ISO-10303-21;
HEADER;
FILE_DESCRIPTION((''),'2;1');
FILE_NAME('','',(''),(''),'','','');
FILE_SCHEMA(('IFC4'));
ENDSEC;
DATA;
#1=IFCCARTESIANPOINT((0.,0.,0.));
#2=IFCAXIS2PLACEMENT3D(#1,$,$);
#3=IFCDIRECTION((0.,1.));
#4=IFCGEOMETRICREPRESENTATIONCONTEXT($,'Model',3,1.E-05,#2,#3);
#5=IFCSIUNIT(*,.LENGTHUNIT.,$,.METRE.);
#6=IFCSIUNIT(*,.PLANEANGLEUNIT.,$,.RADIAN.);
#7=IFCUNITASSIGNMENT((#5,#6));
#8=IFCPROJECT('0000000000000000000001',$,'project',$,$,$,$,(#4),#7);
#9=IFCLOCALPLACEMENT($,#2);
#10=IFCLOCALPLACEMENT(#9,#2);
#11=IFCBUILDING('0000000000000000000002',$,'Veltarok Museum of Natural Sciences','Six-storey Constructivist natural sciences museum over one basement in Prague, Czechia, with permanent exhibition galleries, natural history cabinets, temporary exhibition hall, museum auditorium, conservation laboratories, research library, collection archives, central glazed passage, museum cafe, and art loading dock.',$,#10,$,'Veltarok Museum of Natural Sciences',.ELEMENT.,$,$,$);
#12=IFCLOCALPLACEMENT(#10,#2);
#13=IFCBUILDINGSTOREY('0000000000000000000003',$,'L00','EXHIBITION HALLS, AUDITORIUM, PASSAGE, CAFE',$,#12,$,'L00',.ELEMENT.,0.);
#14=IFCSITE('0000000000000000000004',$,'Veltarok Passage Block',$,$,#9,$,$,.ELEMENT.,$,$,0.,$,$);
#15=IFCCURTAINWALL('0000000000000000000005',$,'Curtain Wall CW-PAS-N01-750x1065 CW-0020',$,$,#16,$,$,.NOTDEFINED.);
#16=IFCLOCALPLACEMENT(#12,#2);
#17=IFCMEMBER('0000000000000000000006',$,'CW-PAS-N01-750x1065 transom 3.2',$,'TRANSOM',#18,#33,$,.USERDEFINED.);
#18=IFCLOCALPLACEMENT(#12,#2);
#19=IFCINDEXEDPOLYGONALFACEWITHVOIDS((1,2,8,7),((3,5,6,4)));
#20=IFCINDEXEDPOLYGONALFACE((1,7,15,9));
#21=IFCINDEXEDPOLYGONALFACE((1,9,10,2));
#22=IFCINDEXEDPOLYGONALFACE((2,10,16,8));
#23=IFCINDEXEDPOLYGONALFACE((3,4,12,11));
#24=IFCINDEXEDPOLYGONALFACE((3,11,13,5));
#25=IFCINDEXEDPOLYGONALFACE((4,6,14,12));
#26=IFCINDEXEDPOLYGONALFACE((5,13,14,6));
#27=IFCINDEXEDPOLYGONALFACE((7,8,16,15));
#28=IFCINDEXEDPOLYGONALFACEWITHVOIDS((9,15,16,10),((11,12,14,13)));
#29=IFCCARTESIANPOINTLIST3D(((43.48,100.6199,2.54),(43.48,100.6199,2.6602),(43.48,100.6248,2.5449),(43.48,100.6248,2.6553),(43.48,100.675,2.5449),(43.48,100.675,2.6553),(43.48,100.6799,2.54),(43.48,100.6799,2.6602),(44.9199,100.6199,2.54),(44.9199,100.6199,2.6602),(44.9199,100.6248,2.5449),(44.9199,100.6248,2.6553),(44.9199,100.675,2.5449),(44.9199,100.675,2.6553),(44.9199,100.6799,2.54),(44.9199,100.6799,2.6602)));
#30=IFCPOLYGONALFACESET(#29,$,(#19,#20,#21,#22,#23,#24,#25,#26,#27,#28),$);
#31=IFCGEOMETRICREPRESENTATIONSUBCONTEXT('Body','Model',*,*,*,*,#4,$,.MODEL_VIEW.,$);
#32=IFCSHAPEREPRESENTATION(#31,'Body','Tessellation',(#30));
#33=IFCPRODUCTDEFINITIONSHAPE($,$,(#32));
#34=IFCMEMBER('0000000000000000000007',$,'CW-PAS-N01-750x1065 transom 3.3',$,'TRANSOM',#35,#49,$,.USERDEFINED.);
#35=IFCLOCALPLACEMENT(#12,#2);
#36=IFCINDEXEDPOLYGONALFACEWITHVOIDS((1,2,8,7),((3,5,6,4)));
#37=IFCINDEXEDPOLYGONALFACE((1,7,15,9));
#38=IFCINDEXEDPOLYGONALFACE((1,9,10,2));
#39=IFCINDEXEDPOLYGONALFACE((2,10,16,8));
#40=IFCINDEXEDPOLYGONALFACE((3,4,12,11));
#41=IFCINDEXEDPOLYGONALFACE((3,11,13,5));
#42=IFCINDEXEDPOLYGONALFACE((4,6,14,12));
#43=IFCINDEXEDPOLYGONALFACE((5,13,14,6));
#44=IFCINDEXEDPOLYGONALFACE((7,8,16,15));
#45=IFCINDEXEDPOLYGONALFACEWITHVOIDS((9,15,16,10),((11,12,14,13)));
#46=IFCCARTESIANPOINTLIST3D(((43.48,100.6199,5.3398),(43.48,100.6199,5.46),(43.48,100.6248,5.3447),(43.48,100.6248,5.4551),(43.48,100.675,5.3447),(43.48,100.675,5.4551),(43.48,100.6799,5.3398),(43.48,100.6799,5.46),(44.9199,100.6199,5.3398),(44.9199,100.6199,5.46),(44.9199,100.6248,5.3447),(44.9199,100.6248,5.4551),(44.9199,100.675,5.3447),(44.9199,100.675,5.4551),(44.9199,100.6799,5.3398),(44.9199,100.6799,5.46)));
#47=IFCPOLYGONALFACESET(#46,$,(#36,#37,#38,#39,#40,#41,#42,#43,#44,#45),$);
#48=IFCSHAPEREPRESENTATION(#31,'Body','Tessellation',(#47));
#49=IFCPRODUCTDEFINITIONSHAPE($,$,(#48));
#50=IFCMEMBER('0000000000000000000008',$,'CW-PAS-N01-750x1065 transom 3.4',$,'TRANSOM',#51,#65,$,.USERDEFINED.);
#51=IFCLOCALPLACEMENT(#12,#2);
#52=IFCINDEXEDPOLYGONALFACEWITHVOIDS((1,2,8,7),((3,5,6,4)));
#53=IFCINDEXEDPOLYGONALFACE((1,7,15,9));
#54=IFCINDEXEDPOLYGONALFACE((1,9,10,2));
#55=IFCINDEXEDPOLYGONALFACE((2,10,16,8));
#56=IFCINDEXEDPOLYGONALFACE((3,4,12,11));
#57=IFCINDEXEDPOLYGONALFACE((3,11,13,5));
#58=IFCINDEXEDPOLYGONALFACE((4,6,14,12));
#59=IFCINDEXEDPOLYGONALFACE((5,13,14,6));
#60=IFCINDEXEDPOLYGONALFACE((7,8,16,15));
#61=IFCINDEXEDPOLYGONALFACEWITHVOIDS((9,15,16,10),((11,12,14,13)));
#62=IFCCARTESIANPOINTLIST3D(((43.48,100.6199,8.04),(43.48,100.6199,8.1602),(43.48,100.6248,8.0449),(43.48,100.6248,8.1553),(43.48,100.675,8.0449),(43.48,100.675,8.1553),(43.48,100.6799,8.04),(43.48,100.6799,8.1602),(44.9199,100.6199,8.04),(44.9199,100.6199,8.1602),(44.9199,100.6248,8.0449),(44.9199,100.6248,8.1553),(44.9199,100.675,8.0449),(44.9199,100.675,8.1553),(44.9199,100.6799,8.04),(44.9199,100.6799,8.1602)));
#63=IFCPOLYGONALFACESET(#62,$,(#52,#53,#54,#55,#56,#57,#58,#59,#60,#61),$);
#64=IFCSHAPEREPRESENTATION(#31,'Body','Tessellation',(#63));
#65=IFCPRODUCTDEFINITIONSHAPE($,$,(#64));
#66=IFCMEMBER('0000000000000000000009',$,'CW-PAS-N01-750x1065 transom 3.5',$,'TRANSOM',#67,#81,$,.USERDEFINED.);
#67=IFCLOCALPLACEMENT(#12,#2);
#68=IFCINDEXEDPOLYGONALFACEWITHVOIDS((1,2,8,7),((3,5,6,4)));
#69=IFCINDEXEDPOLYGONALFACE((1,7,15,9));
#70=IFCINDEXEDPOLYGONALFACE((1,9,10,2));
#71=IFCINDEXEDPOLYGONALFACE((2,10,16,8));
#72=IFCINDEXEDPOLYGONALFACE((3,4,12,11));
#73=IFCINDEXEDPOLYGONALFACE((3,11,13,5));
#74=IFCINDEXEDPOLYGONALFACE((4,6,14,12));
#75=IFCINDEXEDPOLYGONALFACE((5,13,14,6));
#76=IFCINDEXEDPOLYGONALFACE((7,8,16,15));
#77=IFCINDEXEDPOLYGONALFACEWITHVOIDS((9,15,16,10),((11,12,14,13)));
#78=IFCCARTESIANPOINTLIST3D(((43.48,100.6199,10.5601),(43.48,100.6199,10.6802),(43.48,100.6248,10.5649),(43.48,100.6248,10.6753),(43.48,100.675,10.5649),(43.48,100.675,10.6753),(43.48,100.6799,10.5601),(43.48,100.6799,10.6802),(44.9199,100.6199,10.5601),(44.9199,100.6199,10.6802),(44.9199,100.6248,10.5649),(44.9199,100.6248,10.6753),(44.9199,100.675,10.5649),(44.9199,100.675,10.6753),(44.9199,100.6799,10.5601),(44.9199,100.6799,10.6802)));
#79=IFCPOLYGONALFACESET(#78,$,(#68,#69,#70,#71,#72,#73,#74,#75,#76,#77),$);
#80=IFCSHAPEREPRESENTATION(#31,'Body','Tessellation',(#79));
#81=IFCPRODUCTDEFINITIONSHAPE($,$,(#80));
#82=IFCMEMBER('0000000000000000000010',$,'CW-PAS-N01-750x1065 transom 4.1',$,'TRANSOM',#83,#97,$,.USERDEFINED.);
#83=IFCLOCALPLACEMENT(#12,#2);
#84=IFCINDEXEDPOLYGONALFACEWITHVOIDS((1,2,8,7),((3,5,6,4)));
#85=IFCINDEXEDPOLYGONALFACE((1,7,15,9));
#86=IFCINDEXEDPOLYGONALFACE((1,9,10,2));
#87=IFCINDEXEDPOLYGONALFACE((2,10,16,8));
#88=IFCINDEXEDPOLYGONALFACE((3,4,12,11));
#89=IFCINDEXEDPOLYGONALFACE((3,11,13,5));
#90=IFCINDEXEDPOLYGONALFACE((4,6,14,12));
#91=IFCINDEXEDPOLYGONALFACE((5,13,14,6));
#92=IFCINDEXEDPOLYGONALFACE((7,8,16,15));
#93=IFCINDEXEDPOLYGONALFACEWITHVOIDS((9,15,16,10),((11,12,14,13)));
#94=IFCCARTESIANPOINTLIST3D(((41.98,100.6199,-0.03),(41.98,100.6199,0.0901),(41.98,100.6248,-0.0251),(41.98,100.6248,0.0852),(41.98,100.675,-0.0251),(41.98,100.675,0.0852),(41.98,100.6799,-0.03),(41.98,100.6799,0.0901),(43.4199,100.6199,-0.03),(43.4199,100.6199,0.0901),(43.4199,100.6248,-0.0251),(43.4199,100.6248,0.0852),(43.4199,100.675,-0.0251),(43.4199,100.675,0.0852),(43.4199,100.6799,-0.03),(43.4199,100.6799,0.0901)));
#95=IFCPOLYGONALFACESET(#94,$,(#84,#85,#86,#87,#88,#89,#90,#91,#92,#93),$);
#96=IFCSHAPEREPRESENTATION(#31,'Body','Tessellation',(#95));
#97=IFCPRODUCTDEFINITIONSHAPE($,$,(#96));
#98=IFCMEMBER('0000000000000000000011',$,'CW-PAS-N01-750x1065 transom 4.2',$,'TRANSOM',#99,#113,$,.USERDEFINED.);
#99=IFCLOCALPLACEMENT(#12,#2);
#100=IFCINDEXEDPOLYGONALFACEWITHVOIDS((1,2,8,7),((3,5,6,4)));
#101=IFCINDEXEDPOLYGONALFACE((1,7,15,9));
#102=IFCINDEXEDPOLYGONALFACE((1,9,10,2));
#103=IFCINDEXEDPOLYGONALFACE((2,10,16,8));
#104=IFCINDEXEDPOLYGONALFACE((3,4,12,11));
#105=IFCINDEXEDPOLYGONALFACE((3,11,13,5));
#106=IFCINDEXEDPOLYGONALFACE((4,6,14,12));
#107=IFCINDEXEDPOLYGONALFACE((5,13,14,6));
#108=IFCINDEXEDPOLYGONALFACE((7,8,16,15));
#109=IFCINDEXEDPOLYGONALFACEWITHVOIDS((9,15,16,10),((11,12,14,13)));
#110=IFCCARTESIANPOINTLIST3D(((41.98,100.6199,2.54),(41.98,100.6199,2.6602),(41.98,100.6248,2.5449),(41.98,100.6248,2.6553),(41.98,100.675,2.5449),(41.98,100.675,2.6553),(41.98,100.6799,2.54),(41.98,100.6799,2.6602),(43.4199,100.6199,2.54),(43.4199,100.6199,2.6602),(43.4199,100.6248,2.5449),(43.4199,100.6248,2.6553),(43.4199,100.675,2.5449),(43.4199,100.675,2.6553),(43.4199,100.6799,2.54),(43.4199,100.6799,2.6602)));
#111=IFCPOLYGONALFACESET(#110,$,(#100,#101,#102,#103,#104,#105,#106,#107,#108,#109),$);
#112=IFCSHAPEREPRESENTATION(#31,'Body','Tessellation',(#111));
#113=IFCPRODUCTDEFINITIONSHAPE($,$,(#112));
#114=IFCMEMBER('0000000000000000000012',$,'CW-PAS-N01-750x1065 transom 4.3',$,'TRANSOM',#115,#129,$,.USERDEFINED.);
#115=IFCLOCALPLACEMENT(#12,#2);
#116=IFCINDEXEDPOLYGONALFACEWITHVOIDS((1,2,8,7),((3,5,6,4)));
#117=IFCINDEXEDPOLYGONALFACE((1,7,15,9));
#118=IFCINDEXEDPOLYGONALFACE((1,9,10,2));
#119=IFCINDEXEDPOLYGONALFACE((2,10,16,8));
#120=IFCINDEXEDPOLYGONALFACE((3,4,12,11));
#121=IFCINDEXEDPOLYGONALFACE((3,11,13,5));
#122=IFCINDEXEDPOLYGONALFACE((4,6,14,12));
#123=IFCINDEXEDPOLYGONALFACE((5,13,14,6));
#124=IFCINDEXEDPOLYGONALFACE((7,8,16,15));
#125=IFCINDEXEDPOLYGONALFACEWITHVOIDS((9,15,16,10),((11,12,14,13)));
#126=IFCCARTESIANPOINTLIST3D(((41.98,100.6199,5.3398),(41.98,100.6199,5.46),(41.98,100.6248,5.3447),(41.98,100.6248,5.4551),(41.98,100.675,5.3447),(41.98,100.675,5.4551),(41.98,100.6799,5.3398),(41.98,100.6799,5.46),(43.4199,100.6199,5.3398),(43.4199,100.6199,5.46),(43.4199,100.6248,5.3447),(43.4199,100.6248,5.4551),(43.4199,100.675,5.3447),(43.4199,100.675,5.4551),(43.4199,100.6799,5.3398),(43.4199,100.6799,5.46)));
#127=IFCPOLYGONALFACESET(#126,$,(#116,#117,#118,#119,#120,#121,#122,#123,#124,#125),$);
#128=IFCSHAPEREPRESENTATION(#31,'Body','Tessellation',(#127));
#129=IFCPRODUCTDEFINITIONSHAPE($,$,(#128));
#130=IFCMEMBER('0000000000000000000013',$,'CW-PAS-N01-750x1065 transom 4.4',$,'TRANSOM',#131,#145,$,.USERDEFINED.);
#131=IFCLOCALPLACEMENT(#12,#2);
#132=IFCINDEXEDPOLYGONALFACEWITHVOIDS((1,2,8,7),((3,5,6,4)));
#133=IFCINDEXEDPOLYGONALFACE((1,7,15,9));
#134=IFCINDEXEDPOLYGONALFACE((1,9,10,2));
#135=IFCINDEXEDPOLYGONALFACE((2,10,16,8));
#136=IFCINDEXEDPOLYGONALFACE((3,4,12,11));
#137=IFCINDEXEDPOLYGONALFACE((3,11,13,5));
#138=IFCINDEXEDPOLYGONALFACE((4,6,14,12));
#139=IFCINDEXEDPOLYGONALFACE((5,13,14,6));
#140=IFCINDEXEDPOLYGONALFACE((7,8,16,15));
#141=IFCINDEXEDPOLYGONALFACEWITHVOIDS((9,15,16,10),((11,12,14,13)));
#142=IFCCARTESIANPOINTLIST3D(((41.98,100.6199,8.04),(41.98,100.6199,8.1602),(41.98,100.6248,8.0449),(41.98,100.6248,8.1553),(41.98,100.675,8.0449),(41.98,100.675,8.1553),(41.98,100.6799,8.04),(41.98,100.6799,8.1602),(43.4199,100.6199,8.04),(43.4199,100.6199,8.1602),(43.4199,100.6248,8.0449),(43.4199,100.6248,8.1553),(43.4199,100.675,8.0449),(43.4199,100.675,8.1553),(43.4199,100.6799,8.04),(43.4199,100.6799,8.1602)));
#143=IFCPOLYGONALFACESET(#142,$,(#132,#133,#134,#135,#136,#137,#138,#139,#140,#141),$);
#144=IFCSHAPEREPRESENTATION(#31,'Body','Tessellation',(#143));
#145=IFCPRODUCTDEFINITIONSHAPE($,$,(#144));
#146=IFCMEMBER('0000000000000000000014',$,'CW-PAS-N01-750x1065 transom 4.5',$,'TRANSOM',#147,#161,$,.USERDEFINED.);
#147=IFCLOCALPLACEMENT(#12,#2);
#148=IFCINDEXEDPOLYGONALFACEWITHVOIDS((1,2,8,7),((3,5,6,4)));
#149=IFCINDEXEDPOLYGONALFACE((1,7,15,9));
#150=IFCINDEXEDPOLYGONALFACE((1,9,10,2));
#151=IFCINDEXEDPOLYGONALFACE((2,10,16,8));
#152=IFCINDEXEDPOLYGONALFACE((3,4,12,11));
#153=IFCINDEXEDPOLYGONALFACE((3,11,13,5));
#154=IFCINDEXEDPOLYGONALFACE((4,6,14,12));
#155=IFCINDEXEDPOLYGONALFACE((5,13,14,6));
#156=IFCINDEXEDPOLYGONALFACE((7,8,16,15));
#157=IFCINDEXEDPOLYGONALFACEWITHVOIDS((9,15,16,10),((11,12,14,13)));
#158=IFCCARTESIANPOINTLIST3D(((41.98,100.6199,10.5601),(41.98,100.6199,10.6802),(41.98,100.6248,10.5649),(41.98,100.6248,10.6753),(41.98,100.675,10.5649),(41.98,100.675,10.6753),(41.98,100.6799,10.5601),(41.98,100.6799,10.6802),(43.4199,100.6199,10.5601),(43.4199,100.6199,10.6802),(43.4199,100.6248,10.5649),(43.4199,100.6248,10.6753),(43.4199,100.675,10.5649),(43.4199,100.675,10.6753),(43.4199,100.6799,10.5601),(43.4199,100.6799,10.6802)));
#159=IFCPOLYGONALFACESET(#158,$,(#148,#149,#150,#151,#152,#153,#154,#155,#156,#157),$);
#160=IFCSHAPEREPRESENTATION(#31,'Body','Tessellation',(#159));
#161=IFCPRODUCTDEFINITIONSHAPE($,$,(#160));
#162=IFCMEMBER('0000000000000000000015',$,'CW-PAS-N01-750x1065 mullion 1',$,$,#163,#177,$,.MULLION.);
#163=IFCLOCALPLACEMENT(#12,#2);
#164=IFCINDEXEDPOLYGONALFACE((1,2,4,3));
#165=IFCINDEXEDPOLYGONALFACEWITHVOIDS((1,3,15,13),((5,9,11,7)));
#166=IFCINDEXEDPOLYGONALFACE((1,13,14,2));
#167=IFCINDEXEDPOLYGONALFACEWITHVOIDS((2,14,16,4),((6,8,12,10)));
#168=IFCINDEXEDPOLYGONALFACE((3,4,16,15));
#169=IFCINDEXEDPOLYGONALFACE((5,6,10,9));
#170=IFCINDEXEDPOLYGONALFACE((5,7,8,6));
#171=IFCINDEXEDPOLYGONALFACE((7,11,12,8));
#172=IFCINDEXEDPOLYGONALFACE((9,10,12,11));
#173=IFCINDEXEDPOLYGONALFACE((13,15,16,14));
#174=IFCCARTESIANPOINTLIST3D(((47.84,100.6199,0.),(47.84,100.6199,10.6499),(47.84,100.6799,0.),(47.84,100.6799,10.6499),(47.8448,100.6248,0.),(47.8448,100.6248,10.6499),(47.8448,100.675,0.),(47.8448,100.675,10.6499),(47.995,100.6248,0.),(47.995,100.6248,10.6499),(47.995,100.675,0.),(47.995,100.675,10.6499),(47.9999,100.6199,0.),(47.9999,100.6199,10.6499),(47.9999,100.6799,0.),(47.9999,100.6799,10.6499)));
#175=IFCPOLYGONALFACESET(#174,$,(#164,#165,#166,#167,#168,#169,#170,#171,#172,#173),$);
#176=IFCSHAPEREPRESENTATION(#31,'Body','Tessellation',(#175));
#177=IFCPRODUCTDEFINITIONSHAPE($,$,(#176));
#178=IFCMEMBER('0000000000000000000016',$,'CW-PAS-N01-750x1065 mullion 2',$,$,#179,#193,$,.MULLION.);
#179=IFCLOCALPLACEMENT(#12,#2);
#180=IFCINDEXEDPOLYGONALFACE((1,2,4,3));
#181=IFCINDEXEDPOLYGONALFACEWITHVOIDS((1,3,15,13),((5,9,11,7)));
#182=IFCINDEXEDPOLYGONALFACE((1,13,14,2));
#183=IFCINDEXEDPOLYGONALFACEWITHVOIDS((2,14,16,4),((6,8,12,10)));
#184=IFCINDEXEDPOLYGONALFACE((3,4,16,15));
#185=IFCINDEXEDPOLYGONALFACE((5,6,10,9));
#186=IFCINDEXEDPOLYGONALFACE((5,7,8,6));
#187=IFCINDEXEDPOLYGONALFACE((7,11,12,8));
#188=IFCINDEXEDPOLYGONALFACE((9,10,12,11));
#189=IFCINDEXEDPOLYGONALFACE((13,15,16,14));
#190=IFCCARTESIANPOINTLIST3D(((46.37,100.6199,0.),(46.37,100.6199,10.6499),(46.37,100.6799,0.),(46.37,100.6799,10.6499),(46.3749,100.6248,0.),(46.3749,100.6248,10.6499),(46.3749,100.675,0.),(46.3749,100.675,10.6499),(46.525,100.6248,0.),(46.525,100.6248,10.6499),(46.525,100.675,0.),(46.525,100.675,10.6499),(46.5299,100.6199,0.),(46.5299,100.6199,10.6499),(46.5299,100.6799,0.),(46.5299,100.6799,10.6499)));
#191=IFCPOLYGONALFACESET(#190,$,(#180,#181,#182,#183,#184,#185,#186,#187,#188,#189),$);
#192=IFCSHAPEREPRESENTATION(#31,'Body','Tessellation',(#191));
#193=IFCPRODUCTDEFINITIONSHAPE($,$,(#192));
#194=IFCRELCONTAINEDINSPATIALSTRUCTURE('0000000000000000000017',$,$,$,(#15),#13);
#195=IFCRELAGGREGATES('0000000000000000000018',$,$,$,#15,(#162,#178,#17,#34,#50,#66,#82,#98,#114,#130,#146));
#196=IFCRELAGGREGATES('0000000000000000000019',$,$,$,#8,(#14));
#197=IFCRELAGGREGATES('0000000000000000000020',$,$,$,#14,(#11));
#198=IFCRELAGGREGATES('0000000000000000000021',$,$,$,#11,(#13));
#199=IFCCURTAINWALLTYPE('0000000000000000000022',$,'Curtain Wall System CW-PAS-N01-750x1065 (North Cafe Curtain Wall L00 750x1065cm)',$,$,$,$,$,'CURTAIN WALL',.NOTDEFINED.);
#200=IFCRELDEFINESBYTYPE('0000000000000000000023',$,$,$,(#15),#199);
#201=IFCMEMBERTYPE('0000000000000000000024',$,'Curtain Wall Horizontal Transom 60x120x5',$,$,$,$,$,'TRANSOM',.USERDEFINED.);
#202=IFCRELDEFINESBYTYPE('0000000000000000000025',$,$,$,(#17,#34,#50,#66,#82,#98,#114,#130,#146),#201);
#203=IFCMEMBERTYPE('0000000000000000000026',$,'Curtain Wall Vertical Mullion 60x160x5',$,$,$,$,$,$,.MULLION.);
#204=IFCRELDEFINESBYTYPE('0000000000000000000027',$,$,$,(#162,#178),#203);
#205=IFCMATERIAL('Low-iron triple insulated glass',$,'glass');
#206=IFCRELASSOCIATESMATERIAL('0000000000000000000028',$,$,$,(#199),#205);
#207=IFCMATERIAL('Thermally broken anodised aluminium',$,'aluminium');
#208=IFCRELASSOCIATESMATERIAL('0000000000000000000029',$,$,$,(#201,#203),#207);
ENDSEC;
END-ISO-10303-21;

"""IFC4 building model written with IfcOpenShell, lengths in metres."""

from ifc_helpers import new_model, si_unit, direction, frame, origin, origin_2d, place, context, subcontext, project, spatial, hollow_rectangle, extrude, material, material_profile, profile_set, type_object, element, aggregate, save


model = new_model("IFC4")

# Units and contexts
model_context = context("Model", 3, precision=1e-05, world=origin(), true_north=direction((0.0, 1.0)))
body_context = subcontext(model_context, "Body", "Model", "MODEL_VIEW")
ifc_project = project(units=[si_unit("LENGTHUNIT", "METRE"), si_unit("PLANEANGLEUNIT", "RADIAN")], contexts=[model_context])

# Site, building, storey
site_placement = place(None, origin())
site = spatial("IfcSite", under=ifc_project, at=site_placement, Name="Veltarok Passage Block", CompositionType="ELEMENT", RefElevation=0.0)
building_placement = place(site_placement, origin())
building = spatial("IfcBuilding", under=site, at=building_placement, Name="Veltarok Museum of Natural Sciences", Description="Six-storey Constructivist natural sciences museum over one basement in Prague, Czechia, with permanent exhibition galleries, natural history cabinets, temporary exhibition hall, museum auditorium, conservation laboratories, research library, collection archives, central glazed passage, museum cafe, and art loading dock.", LongName="Veltarok Museum of Natural Sciences", CompositionType="ELEMENT")
storey_placement = place(building_placement, origin())
storey = spatial("IfcBuildingStorey", under=building, at=storey_placement, Name="L00", Description="EXHIBITION HALLS, AUDITORIUM, PASSAGE, CAFE", LongName="L00", CompositionType="ELEMENT", Elevation=0.0)

# Curtain wall, members
ifc_material_1 = material(Name="Low-iron triple insulated glass", Category="glass")
curtain_wall_type = type_object("IfcCurtainWallType", Name="Curtain Wall System CW-PAS-N01-750x1065 (North Cafe Curtain Wall L00 750x1065cm)", ElementType="CURTAIN WALL", PredefinedType="NOTDEFINED", material=ifc_material_1)
curtain_wall_placement = place(storey_placement, origin())
curtain_wall = element("IfcCurtainWall", 1, at=curtain_wall_placement, inside=storey, type_object=curtain_wall_type, Name="Curtain Wall CW-PAS-N01-750x1065 CW-0020", PredefinedType="NOTDEFINED")
ifc_material_2 = material(Name="Thermally broken anodised aluminium", Category="aluminium")
ifc_material_profile_1 = material_profile(ifc_material_2, hollow_rectangle(XDim=0.0601, YDim=0.1201, WallThickness=0.0049, at=origin_2d()), Name="CW TRANSOM 60x120x5")
ifc_profile_set_1 = profile_set([ifc_material_profile_1], Name="Thermally broken anodised aluminium")
member_type_1 = type_object("IfcMemberType", Name="Curtain Wall Horizontal Transom 60x120x5", ElementType="TRANSOM", PredefinedType="USERDEFINED", material=ifc_profile_set_1)
member_1_placement = place(storey_placement, frame((44.9199, 100.6499, 2.6001), z_axis=(-1.0, 0.0, 0.0), x_axis=(0.0, -1.0, 0.0)))
member_1 = element("IfcMember", 2, at=member_1_placement, type_object=member_type_1, Name="CW-PAS-N01-750x1065 transom 3.2", ObjectType="TRANSOM", PredefinedType="USERDEFINED", context=body_context, shape_type="SweptSolid", body=[
    extrude(hollow_rectangle(XDim=0.0601, YDim=0.1201, WallThickness=0.0049, at=origin_2d()), origin(), (0.0, 0.0, 1.0), 1.4399),
])
member_2_placement = place(storey_placement, frame((44.9199, 100.6499, 5.3999), z_axis=(-1.0, 0.0, 0.0), x_axis=(0.0, -1.0, 0.0)))
member_2 = element("IfcMember", 3, at=member_2_placement, type_object=member_type_1, Name="CW-PAS-N01-750x1065 transom 3.3", ObjectType="TRANSOM", PredefinedType="USERDEFINED", context=body_context, shape_type="SweptSolid", body=[
    extrude(hollow_rectangle(XDim=0.0601, YDim=0.1201, WallThickness=0.0049, at=origin_2d()), origin(), (0.0, 0.0, 1.0), 1.4399),
])
member_3_placement = place(storey_placement, frame((44.9199, 100.6499, 8.1001), z_axis=(-1.0, 0.0, 0.0), x_axis=(0.0, -1.0, 0.0)))
member_3 = element("IfcMember", 4, at=member_3_placement, type_object=member_type_1, Name="CW-PAS-N01-750x1065 transom 3.4", ObjectType="TRANSOM", PredefinedType="USERDEFINED", context=body_context, shape_type="SweptSolid", body=[
    extrude(hollow_rectangle(XDim=0.0601, YDim=0.1201, WallThickness=0.0049, at=origin_2d()), origin(), (0.0, 0.0, 1.0), 1.4399),
])
member_4_placement = place(storey_placement, frame((44.9199, 100.6499, 10.6201), z_axis=(-1.0, 0.0, 0.0), x_axis=(0.0, -1.0, 0.0)))
member_4 = element("IfcMember", 5, at=member_4_placement, type_object=member_type_1, Name="CW-PAS-N01-750x1065 transom 3.5", ObjectType="TRANSOM", PredefinedType="USERDEFINED", context=body_context, shape_type="SweptSolid", body=[
    extrude(hollow_rectangle(XDim=0.0601, YDim=0.1201, WallThickness=0.0049, at=origin_2d()), origin(), (0.0, 0.0, 1.0), 1.4399),
])
member_5_placement = place(storey_placement, frame((43.4199, 100.6499, 0.03), z_axis=(-1.0, 0.0, 0.0), x_axis=(0.0, -1.0, 0.0)))
member_5 = element("IfcMember", 6, at=member_5_placement, type_object=member_type_1, Name="CW-PAS-N01-750x1065 transom 4.1", ObjectType="TRANSOM", PredefinedType="USERDEFINED", context=body_context, shape_type="SweptSolid", body=[
    extrude(hollow_rectangle(XDim=0.0601, YDim=0.1201, WallThickness=0.0049, at=origin_2d()), origin(), (0.0, 0.0, 1.0), 1.4399),
])
member_6_placement = place(storey_placement, frame((43.4199, 100.6499, 2.6001), z_axis=(-1.0, 0.0, 0.0), x_axis=(0.0, -1.0, 0.0)))
member_6 = element("IfcMember", 7, at=member_6_placement, type_object=member_type_1, Name="CW-PAS-N01-750x1065 transom 4.2", ObjectType="TRANSOM", PredefinedType="USERDEFINED", context=body_context, shape_type="SweptSolid", body=[
    extrude(hollow_rectangle(XDim=0.0601, YDim=0.1201, WallThickness=0.0049, at=origin_2d()), origin(), (0.0, 0.0, 1.0), 1.4399),
])
member_7_placement = place(storey_placement, frame((43.4199, 100.6499, 5.3999), z_axis=(-1.0, 0.0, 0.0), x_axis=(0.0, -1.0, 0.0)))
member_7 = element("IfcMember", 8, at=member_7_placement, type_object=member_type_1, Name="CW-PAS-N01-750x1065 transom 4.3", ObjectType="TRANSOM", PredefinedType="USERDEFINED", context=body_context, shape_type="SweptSolid", body=[
    extrude(hollow_rectangle(XDim=0.0601, YDim=0.1201, WallThickness=0.0049, at=origin_2d()), origin(), (0.0, 0.0, 1.0), 1.4399),
])
member_8_placement = place(storey_placement, frame((43.4199, 100.6499, 8.1001), z_axis=(-1.0, 0.0, 0.0), x_axis=(0.0, -1.0, 0.0)))
member_8 = element("IfcMember", 9, at=member_8_placement, type_object=member_type_1, Name="CW-PAS-N01-750x1065 transom 4.4", ObjectType="TRANSOM", PredefinedType="USERDEFINED", context=body_context, shape_type="SweptSolid", body=[
    extrude(hollow_rectangle(XDim=0.0601, YDim=0.1201, WallThickness=0.0049, at=origin_2d()), origin(), (0.0, 0.0, 1.0), 1.4399),
])
member_9_placement = place(storey_placement, frame((43.4199, 100.6499, 10.6201), z_axis=(-1.0, 0.0, 0.0), x_axis=(0.0, -1.0, 0.0)))
member_9 = element("IfcMember", 10, at=member_9_placement, type_object=member_type_1, Name="CW-PAS-N01-750x1065 transom 4.5", ObjectType="TRANSOM", PredefinedType="USERDEFINED", context=body_context, shape_type="SweptSolid", body=[
    extrude(hollow_rectangle(XDim=0.0601, YDim=0.1201, WallThickness=0.0049, at=origin_2d()), origin(), (0.0, 0.0, 1.0), 1.4399),
])
ifc_material_profile_2 = material_profile(ifc_material_2, hollow_rectangle(XDim=0.0601, YDim=0.1599, WallThickness=0.0049, at=origin_2d()), Name="CW MULLION 60x160x5")
ifc_profile_set_2 = profile_set([ifc_material_profile_2], Name="Thermally broken anodised aluminium")
member_type_2 = type_object("IfcMemberType", Name="Curtain Wall Vertical Mullion 60x160x5", PredefinedType="MULLION", material=ifc_profile_set_2)
member_10_placement = place(storey_placement, frame((47.9199, 100.6499, 0.0), z_axis=(0.0, 0.0, 1.0), x_axis=(0.0, -1.0, 0.0)))
member_10 = element("IfcMember", 11, at=member_10_placement, type_object=member_type_2, Name="CW-PAS-N01-750x1065 mullion 1", PredefinedType="MULLION", context=body_context, shape_type="SweptSolid", body=[
    extrude(hollow_rectangle(XDim=0.0601, YDim=0.1599, WallThickness=0.0049, at=origin_2d()), origin(), (0.0, 0.0, 1.0), 10.6499),
])
member_11_placement = place(storey_placement, frame((46.45, 100.6499, 0.0), z_axis=(0.0, 0.0, 1.0), x_axis=(0.0, -1.0, 0.0)))
member_11 = element("IfcMember", 12, at=member_11_placement, type_object=member_type_2, Name="CW-PAS-N01-750x1065 mullion 2", PredefinedType="MULLION", context=body_context, shape_type="SweptSolid", body=[
    extrude(hollow_rectangle(XDim=0.0601, YDim=0.1599, WallThickness=0.0049, at=origin_2d()), origin(), (0.0, 0.0, 1.0), 10.6499),
])
aggregate(curtain_wall, [member_10, member_11, member_1, member_2, member_3, member_4, member_5, member_6, member_7, member_8, member_9])

save(model, "model.ifc")
